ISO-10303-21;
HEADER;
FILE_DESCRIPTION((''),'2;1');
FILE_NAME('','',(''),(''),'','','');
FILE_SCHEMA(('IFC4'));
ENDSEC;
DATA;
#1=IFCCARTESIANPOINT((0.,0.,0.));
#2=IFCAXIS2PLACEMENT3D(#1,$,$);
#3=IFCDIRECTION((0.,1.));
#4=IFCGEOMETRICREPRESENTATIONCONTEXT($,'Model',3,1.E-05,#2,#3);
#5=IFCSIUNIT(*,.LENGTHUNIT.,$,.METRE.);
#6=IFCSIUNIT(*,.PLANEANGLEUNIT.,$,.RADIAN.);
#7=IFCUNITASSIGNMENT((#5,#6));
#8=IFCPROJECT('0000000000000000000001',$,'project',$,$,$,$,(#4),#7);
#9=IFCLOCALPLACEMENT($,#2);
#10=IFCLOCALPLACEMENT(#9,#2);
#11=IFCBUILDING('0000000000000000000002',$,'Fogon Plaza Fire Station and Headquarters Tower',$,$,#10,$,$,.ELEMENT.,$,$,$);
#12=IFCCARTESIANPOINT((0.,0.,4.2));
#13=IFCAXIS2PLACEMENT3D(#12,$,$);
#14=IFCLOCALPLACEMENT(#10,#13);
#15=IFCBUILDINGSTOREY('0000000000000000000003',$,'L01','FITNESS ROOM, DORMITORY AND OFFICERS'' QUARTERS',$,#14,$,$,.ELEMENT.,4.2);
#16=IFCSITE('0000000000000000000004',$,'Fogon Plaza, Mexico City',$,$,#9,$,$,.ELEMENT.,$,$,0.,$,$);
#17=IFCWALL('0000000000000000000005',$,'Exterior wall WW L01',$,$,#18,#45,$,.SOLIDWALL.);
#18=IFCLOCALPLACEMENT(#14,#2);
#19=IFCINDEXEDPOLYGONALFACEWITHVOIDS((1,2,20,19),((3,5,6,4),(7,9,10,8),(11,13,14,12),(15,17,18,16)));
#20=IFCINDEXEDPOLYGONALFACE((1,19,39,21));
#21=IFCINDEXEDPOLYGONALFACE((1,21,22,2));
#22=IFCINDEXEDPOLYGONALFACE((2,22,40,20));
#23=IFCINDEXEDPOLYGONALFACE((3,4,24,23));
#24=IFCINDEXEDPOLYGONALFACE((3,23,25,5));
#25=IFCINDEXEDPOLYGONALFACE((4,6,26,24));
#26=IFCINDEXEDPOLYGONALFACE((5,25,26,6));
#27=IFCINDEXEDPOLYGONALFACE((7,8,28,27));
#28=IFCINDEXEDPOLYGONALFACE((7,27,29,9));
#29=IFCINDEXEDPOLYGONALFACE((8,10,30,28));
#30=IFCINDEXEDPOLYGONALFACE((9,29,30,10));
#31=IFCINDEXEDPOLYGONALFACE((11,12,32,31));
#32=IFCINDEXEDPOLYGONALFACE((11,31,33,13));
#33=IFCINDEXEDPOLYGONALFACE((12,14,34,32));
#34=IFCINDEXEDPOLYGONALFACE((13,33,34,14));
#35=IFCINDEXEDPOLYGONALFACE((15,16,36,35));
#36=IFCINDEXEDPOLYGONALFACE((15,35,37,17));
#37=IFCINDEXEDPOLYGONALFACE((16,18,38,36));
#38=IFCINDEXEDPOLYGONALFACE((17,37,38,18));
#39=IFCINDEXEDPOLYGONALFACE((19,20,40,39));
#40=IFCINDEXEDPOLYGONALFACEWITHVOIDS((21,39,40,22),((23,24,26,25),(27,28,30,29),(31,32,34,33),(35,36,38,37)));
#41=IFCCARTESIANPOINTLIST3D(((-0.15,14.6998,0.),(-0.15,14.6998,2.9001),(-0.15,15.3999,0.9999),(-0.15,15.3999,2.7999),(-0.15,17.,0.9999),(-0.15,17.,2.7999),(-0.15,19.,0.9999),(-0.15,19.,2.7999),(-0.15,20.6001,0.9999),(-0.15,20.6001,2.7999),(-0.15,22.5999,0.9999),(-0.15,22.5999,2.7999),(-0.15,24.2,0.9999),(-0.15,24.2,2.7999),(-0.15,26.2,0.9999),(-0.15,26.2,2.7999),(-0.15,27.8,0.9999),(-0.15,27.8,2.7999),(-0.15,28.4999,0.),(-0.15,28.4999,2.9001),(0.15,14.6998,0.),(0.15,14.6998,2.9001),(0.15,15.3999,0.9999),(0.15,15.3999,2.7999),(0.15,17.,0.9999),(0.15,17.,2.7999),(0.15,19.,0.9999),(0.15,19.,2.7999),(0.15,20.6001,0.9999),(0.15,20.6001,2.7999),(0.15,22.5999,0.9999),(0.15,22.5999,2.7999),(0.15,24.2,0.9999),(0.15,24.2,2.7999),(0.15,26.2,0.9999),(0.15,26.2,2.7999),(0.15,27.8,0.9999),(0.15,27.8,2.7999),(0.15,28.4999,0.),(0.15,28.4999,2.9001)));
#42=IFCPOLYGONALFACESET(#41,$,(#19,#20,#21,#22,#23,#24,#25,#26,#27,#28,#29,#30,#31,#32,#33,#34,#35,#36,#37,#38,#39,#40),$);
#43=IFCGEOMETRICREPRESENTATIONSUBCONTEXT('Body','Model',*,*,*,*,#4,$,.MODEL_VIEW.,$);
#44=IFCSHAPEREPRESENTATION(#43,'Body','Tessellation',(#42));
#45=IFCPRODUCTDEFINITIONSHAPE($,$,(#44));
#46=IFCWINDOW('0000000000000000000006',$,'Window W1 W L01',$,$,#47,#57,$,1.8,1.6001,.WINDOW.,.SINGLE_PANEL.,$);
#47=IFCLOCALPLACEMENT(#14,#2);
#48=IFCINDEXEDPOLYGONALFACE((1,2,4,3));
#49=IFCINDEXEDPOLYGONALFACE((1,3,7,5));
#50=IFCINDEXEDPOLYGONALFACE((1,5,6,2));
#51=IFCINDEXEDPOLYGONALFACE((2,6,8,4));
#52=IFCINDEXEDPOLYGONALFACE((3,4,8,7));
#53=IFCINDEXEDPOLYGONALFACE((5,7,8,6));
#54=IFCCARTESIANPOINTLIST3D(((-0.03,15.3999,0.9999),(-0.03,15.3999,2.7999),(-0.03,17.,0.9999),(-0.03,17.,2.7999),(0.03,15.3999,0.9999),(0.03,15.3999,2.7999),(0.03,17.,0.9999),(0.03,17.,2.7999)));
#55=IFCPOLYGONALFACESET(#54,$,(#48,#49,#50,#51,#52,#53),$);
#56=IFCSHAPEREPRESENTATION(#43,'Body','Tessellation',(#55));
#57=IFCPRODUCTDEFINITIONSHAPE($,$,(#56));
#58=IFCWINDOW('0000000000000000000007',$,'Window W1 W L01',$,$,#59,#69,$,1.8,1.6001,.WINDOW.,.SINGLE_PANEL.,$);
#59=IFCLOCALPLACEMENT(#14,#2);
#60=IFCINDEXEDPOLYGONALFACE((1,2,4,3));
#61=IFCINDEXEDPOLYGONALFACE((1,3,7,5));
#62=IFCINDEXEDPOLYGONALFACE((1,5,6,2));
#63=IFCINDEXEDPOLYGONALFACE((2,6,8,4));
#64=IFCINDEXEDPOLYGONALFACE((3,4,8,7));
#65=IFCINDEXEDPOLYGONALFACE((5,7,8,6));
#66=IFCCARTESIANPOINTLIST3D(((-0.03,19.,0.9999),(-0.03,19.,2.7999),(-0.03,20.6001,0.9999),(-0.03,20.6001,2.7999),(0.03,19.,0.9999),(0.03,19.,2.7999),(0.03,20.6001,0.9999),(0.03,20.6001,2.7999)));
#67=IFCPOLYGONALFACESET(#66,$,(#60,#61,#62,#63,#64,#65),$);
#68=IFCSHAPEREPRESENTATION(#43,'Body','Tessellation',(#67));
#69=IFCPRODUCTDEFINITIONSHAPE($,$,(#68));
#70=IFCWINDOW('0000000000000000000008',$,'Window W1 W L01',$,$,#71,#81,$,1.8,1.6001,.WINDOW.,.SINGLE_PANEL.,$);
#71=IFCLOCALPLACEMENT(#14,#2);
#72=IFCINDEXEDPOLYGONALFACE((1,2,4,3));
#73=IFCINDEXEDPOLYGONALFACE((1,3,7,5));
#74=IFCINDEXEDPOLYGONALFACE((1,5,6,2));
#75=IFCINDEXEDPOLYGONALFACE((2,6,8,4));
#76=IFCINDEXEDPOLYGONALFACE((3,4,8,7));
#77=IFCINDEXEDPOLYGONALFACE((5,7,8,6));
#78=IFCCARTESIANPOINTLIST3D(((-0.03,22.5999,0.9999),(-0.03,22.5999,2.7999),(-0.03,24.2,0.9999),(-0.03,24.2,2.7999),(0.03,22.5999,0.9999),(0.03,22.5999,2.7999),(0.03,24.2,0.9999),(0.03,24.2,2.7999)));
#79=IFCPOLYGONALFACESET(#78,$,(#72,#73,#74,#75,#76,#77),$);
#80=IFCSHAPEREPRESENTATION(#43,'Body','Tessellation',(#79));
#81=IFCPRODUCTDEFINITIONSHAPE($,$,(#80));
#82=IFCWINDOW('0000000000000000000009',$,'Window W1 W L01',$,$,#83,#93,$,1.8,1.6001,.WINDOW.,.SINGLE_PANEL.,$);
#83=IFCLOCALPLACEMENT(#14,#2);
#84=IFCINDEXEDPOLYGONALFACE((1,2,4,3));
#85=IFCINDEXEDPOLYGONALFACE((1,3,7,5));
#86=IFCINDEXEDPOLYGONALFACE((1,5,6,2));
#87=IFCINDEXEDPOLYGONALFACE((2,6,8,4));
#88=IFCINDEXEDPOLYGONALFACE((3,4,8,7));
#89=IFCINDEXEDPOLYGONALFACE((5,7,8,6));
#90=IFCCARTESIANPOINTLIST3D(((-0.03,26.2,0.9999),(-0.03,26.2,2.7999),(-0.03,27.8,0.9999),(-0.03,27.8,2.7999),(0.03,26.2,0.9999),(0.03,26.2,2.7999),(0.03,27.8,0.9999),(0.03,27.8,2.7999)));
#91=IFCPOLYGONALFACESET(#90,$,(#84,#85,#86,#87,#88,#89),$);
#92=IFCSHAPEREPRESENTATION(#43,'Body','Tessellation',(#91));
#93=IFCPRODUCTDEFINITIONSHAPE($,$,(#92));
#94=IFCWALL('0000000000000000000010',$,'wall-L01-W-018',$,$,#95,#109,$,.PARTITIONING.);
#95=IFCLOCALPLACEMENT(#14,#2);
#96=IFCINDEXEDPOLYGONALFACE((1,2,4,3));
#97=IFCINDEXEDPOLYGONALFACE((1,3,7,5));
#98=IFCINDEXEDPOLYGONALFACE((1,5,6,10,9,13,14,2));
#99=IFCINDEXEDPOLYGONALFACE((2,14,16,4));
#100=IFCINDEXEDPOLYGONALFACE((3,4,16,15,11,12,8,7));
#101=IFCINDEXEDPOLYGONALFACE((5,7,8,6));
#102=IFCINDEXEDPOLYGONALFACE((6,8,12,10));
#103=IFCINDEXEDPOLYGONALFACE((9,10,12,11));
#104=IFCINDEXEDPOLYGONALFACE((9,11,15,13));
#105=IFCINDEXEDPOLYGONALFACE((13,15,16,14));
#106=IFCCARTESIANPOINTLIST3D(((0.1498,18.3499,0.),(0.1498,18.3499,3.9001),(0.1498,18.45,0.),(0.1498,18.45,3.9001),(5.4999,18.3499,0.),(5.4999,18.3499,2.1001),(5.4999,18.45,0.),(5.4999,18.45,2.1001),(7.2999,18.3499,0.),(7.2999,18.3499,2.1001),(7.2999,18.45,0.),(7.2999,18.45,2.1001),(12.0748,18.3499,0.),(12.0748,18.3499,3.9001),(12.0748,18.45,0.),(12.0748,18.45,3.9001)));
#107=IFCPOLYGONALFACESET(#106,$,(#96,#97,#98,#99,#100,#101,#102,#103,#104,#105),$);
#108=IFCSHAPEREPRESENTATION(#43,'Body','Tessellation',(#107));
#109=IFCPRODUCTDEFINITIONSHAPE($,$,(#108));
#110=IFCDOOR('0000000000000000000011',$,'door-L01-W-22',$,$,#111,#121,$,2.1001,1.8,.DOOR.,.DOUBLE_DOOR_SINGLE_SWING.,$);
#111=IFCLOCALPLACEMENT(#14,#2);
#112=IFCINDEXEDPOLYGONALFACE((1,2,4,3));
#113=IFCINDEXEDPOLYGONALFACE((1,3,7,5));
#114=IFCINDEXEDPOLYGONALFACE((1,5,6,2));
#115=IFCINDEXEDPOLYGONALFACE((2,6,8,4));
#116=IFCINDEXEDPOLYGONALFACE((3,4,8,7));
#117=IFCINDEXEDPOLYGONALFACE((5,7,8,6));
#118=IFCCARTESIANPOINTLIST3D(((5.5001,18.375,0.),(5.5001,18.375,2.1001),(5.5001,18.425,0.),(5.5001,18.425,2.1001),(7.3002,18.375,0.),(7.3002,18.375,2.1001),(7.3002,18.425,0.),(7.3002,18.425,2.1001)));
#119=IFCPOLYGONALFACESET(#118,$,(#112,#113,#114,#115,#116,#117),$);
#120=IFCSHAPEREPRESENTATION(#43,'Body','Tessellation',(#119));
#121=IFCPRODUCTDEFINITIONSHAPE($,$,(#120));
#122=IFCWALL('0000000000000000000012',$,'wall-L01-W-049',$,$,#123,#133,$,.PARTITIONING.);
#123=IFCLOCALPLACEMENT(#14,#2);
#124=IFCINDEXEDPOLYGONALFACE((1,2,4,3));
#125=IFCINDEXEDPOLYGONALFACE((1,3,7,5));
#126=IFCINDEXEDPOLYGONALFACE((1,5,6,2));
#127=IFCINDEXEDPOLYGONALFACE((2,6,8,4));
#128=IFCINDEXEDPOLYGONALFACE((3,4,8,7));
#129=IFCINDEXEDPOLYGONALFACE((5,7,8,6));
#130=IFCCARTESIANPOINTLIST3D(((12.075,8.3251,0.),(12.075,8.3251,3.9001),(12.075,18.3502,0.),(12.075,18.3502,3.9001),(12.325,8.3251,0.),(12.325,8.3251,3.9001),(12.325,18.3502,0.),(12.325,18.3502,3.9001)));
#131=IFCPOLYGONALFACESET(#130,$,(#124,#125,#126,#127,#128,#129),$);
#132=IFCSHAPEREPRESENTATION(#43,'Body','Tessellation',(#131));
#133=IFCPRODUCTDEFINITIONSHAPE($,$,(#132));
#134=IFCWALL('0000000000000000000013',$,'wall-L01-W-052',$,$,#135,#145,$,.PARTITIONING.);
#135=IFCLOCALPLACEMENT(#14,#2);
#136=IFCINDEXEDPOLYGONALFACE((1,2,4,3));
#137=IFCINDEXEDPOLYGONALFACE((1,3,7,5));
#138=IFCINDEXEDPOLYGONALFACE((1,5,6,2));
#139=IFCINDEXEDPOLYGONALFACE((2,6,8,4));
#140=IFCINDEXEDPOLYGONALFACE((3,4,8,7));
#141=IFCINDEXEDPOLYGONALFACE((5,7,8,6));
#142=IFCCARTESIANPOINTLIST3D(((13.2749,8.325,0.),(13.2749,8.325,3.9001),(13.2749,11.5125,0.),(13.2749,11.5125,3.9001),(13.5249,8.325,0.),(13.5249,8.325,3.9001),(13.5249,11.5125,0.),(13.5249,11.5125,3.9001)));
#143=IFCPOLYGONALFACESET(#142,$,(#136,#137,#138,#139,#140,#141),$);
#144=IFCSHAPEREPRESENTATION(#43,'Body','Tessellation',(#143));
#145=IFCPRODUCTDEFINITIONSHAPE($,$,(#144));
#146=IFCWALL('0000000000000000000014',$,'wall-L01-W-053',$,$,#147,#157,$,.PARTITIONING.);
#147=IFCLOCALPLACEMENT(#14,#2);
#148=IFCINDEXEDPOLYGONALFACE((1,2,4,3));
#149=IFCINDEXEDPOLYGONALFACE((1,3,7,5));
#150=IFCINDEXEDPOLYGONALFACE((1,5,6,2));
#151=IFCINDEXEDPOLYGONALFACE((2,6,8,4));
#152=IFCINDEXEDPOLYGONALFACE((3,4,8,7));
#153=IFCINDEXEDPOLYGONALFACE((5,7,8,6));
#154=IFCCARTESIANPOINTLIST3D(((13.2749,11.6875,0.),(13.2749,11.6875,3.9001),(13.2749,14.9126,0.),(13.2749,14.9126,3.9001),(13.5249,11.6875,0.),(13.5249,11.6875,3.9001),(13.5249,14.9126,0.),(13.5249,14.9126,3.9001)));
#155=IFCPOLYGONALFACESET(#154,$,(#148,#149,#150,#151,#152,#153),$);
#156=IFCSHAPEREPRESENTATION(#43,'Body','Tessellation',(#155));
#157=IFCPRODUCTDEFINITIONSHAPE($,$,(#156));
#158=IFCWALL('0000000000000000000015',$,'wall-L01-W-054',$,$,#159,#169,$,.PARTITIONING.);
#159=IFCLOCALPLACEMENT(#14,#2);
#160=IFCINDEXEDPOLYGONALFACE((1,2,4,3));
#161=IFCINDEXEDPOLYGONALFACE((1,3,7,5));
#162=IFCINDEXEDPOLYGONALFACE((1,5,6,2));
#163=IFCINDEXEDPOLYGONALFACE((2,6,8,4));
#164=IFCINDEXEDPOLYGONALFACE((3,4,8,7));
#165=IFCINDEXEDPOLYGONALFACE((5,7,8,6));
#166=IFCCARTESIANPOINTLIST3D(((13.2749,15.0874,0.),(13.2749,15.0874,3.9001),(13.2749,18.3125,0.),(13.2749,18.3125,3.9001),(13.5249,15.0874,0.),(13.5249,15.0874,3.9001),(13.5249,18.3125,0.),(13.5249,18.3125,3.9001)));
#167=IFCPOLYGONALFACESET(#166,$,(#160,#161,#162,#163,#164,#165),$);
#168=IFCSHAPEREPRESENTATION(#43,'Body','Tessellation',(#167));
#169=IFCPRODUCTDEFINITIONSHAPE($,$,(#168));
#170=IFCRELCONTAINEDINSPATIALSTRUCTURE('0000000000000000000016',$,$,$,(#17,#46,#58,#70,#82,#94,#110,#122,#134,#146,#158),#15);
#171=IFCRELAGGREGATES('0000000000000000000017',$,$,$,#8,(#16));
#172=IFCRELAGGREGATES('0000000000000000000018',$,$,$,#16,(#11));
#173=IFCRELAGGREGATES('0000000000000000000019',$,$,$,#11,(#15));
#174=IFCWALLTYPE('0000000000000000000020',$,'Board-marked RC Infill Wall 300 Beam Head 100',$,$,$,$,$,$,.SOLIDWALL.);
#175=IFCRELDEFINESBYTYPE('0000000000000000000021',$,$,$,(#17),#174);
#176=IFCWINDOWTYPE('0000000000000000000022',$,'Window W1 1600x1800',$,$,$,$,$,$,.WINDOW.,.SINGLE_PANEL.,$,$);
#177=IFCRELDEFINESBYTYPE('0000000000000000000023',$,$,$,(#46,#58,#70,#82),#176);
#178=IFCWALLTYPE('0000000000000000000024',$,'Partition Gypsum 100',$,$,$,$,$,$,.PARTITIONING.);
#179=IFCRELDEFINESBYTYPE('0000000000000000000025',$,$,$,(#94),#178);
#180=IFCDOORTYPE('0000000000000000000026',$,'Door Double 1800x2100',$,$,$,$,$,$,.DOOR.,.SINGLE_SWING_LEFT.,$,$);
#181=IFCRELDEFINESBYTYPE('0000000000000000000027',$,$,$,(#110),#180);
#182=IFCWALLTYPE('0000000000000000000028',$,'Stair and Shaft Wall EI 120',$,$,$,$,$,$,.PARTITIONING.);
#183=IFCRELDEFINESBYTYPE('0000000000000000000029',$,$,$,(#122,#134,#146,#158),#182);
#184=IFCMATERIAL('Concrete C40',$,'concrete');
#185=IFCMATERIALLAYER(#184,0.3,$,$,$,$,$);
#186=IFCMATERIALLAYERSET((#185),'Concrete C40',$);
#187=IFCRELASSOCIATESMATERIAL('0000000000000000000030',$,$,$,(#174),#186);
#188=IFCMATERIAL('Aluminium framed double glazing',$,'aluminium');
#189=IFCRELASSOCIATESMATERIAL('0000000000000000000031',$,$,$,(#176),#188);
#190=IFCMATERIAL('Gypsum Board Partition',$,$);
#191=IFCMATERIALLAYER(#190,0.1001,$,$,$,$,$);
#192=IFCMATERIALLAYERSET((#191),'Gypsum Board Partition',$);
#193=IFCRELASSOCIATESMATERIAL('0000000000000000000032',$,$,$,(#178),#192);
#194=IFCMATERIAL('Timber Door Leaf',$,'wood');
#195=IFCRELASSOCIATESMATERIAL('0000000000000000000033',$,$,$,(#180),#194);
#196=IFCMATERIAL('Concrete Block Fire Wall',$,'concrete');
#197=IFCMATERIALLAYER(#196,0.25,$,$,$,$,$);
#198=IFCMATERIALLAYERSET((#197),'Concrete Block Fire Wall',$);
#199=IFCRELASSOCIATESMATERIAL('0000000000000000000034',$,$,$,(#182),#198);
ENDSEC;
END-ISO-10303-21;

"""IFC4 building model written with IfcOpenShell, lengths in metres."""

from ifc_helpers import new_model, si_unit, direction, frame, frame_2d, origin, place, context, subcontext, project, spatial, rectangle, extrude, material, layer, layer_set, type_object, element, fill, save


model = new_model("IFC4")

# Units and contexts
model_context = context("Model", 3, precision=1e-05, world=origin(), true_north=direction((0.0, 1.0)))
body_context = subcontext(model_context, "Body", "Model", "MODEL_VIEW")
ifc_project = project(units=[si_unit("LENGTHUNIT", "METRE"), si_unit("PLANEANGLEUNIT", "RADIAN")], contexts=[model_context])

# Site, building, storey
site_placement = place(None, origin())
site = spatial("IfcSite", under=ifc_project, at=site_placement, Name="Fogon Plaza, Mexico City", CompositionType="ELEMENT", RefElevation=0.0)
building_placement = place(site_placement, origin())
building = spatial("IfcBuilding", under=site, at=building_placement, Name="Fogon Plaza Fire Station and Headquarters Tower", CompositionType="ELEMENT")
storey_placement = place(building_placement, frame((0.0, 0.0, 4.2)))
storey = spatial("IfcBuildingStorey", under=building, at=storey_placement, Name="L01", Description="FITNESS ROOM, DORMITORY AND OFFICERS' QUARTERS", CompositionType="ELEMENT", Elevation=4.2)

# Wall, openings, windows
ifc_material_1 = material(Name="Concrete C40", Category="concrete")
ifc_layer_1 = layer(ifc_material_1, 0.3)
ifc_layer_set_1 = layer_set([ifc_layer_1], Name="Concrete C40")
wall_type_1 = type_object("IfcWallType", Name="Board-marked RC Infill Wall 300 Beam Head 100", PredefinedType="SOLIDWALL", material=ifc_layer_set_1)
wall_1_placement = place(storey_placement, frame((0.0, 14.7, 0.0), z_axis=(0.0, 0.0, 1.0), x_axis=(0.0, 1.0, 0.0)))
wall_1 = element("IfcWall", 1, at=wall_1_placement, inside=storey, type_object=wall_type_1, Name="Exterior wall WW L01", PredefinedType="SOLIDWALL", context=body_context, shape_type="SweptSolid", body=[
    extrude(rectangle(XDim=13.8, YDim=0.3, at=frame_2d((6.8999, 0.0))), origin(), (0.0, 0.0, 1.0), 2.9001),
])
opening_1_placement = place(wall_1_placement, frame((0.7, 0.0, 1.0)))
opening_1 = element("IfcOpeningElement", 2, at=opening_1_placement, cuts=wall_1, PredefinedType="OPENING", context=body_context, shape_type="SweptSolid", body=[
    extrude(rectangle(XDim=1.6001, YDim=1.8, at=frame_2d((0.8, 0.8999))), frame((0.0, 0.1599, 0.0), z_axis=(0.0, -1.0, 0.0), x_axis=(1.0, 0.0, 0.0)), (0.0, 0.0, 1.0), 0.3201),
])
opening_2_placement = place(wall_1_placement, frame((4.3, 0.0, 1.0)))
opening_2 = element("IfcOpeningElement", 3, at=opening_2_placement, cuts=wall_1, PredefinedType="OPENING", context=body_context, shape_type="SweptSolid", body=[
    extrude(rectangle(XDim=1.6001, YDim=1.8, at=frame_2d((0.8, 0.8999))), frame((0.0, 0.1599, 0.0), z_axis=(0.0, -1.0, 0.0), x_axis=(1.0, 0.0, 0.0)), (0.0, 0.0, 1.0), 0.3201),
])
opening_3_placement = place(wall_1_placement, frame((7.8999, 0.0, 1.0)))
opening_3 = element("IfcOpeningElement", 4, at=opening_3_placement, cuts=wall_1, PredefinedType="OPENING", context=body_context, shape_type="SweptSolid", body=[
    extrude(rectangle(XDim=1.6001, YDim=1.8, at=frame_2d((0.8, 0.8999))), frame((0.0, 0.1599, 0.0), z_axis=(0.0, -1.0, 0.0), x_axis=(1.0, 0.0, 0.0)), (0.0, 0.0, 1.0), 0.3201),
])
opening_4_placement = place(wall_1_placement, frame((11.5, 0.0, 1.0)))
opening_4 = element("IfcOpeningElement", 5, at=opening_4_placement, cuts=wall_1, PredefinedType="OPENING", context=body_context, shape_type="SweptSolid", body=[
    extrude(rectangle(XDim=1.6001, YDim=1.8, at=frame_2d((0.8, 0.8999))), frame((0.0, 0.1599, 0.0), z_axis=(0.0, -1.0, 0.0), x_axis=(1.0, 0.0, 0.0)), (0.0, 0.0, 1.0), 0.3201),
])
ifc_material_2 = material(Name="Aluminium framed double glazing", Category="aluminium")
window_type = type_object("IfcWindowType", Name="Window W1 1600x1800", PartitioningType="SINGLE_PANEL", PredefinedType="WINDOW", material=ifc_material_2)
window_1_placement = place(opening_1_placement, origin())
window_1 = element("IfcWindow", 6, at=window_1_placement, inside=storey, type_object=window_type, Name="Window W1 W L01", OverallHeight=1.8, OverallWidth=1.6001, PartitioningType="SINGLE_PANEL", PredefinedType="WINDOW", context=body_context, shape_type="SweptSolid", body=[
    extrude(rectangle(XDim=1.6001, YDim=1.8, at=frame_2d((0.8, 0.8999))), frame((0.0, 0.03, 0.0), z_axis=(0.0, -1.0, 0.0), x_axis=(1.0, 0.0, 0.0)), (0.0, 0.0, 1.0), 0.0601),
])
fill(opening_1, window_1)
window_2_placement = place(opening_2_placement, origin())
window_2 = element("IfcWindow", 7, at=window_2_placement, inside=storey, type_object=window_type, Name="Window W1 W L01", OverallHeight=1.8, OverallWidth=1.6001, PartitioningType="SINGLE_PANEL", PredefinedType="WINDOW", context=body_context, shape_type="SweptSolid", body=[
    extrude(rectangle(XDim=1.6001, YDim=1.8, at=frame_2d((0.8, 0.8999))), frame((0.0, 0.03, 0.0), z_axis=(0.0, -1.0, 0.0), x_axis=(1.0, 0.0, 0.0)), (0.0, 0.0, 1.0), 0.0601),
])
fill(opening_2, window_2)
window_3_placement = place(opening_3_placement, origin())
window_3 = element("IfcWindow", 8, at=window_3_placement, inside=storey, type_object=window_type, Name="Window W1 W L01", OverallHeight=1.8, OverallWidth=1.6001, PartitioningType="SINGLE_PANEL", PredefinedType="WINDOW", context=body_context, shape_type="SweptSolid", body=[
    extrude(rectangle(XDim=1.6001, YDim=1.8, at=frame_2d((0.8, 0.8999))), frame((0.0, 0.03, 0.0), z_axis=(0.0, -1.0, 0.0), x_axis=(1.0, 0.0, 0.0)), (0.0, 0.0, 1.0), 0.0601),
])
fill(opening_3, window_3)
window_4_placement = place(opening_4_placement, origin())
window_4 = element("IfcWindow", 9, at=window_4_placement, inside=storey, type_object=window_type, Name="Window W1 W L01", OverallHeight=1.8, OverallWidth=1.6001, PartitioningType="SINGLE_PANEL", PredefinedType="WINDOW", context=body_context, shape_type="SweptSolid", body=[
    extrude(rectangle(XDim=1.6001, YDim=1.8, at=frame_2d((0.8, 0.8999))), frame((0.0, 0.03, 0.0), z_axis=(0.0, -1.0, 0.0), x_axis=(1.0, 0.0, 0.0)), (0.0, 0.0, 1.0), 0.0601),
])
fill(opening_4, window_4)

# Wall, opening, door
ifc_material_3 = material(Name="Gypsum Board Partition")
ifc_layer_2 = layer(ifc_material_3, 0.1001)
ifc_layer_set_2 = layer_set([ifc_layer_2], Name="Gypsum Board Partition")
wall_type_2 = type_object("IfcWallType", Name="Partition Gypsum 100", PredefinedType="PARTITIONING", material=ifc_layer_set_2)
wall_2_placement = place(storey_placement, frame((0.1499, 18.3999, 0.0), z_axis=(0.0, 0.0, 1.0), x_axis=(1.0, 0.0, 0.0)))
wall_2 = element("IfcWall", 10, at=wall_2_placement, inside=storey, type_object=wall_type_2, Name="wall-L01-W-018", PredefinedType="PARTITIONING", context=body_context, shape_type="SweptSolid", body=[
    extrude(rectangle(XDim=11.925, YDim=0.1001, at=frame_2d((5.9624, 0.0))), origin(), (0.0, 0.0, 1.0), 3.9001),
])
opening_5_placement = place(wall_2_placement, frame((5.3501, 0.0, 0.0)))
opening_5 = element("IfcOpeningElement", 11, at=opening_5_placement, cuts=wall_2, PredefinedType="OPENING", context=body_context, shape_type="SweptSolid", body=[
    extrude(rectangle(XDim=1.8, YDim=2.1001, at=frame_2d((0.8999, 1.05))), frame((0.0, 0.0601, 0.0), z_axis=(0.0, -1.0, 0.0), x_axis=(1.0, 0.0, 0.0)), (0.0, 0.0, 1.0), 0.1201),
])
ifc_material_4 = material(Name="Timber Door Leaf", Category="wood")
door_type = type_object("IfcDoorType", Name="Door Double 1800x2100", OperationType="SINGLE_SWING_LEFT", PredefinedType="DOOR", material=ifc_material_4)
door_placement = place(opening_5_placement, frame((1.8, 0.0, 0.0), z_axis=(0.0, 0.0, 1.0), x_axis=(-1.0, 0.0, 0.0)))
door = element("IfcDoor", 12, at=door_placement, inside=storey, type_object=door_type, Name="door-L01-W-22", OperationType="DOUBLE_DOOR_SINGLE_SWING", OverallHeight=2.1001, OverallWidth=1.8, PredefinedType="DOOR", context=body_context, shape_type="SweptSolid", body=[
    extrude(rectangle(XDim=1.8, YDim=2.1001, at=frame_2d((0.8999, 1.05))), frame((0.0, 0.0249, 0.0), z_axis=(0.0, -1.0, 0.0), x_axis=(1.0, 0.0, 0.0)), (0.0, 0.0, 1.0), 0.05),
])
fill(opening_5, door)

# Walls
ifc_material_5 = material(Name="Concrete Block Fire Wall", Category="concrete")
ifc_layer_3 = layer(ifc_material_5, 0.25)
ifc_layer_set_3 = layer_set([ifc_layer_3], Name="Concrete Block Fire Wall")
wall_type_3 = type_object("IfcWallType", Name="Stair and Shaft Wall EI 120", PredefinedType="PARTITIONING", material=ifc_layer_set_3)
wall_3_placement = place(storey_placement, frame((12.2, 8.325, 0.0), z_axis=(0.0, 0.0, 1.0), x_axis=(0.0, 1.0, 0.0)))
element("IfcWall", 13, at=wall_3_placement, inside=storey, type_object=wall_type_3, Name="wall-L01-W-049", PredefinedType="PARTITIONING", context=body_context, shape_type="SweptSolid", body=[
    extrude(rectangle(XDim=10.0251, YDim=0.25, at=frame_2d((5.0127, 0.0))), origin(), (0.0, 0.0, 1.0), 3.9001),
])
wall_4_placement = place(storey_placement, frame((13.3999, 8.325, 0.0), z_axis=(0.0, 0.0, 1.0), x_axis=(0.0, 1.0, 0.0)))
element("IfcWall", 14, at=wall_4_placement, inside=storey, type_object=wall_type_3, Name="wall-L01-W-052", PredefinedType="PARTITIONING", context=body_context, shape_type="SweptSolid", body=[
    extrude(rectangle(XDim=3.1875, YDim=0.25, at=frame_2d((1.5938, 0.0))), origin(), (0.0, 0.0, 1.0), 3.9001),
])
for number, where, z_axis, x_axis, name in (
    (15, (13.3999, 11.6875, 0.0), (0.0, 0.0, 1.0), (0.0, 1.0, 0.0), "wall-L01-W-053"),
    (16, (13.3999, 15.0874, 0.0), (0.0, 0.0, 1.0), (0.0, 1.0, 0.0), "wall-L01-W-054"),
):
    element("IfcWall", number, at=place(storey_placement, frame(where, z_axis=z_axis, x_axis=x_axis)), inside=storey, type_object=wall_type_3, Name=name, PredefinedType="PARTITIONING", context=body_context, shape_type="SweptSolid", body=[
        extrude(rectangle(XDim=3.2251, YDim=0.25, at=frame_2d((1.6125, 0.0))), origin(), (0.0, 0.0, 1.0), 3.9001),
    ])

save(model, "model.ifc")
